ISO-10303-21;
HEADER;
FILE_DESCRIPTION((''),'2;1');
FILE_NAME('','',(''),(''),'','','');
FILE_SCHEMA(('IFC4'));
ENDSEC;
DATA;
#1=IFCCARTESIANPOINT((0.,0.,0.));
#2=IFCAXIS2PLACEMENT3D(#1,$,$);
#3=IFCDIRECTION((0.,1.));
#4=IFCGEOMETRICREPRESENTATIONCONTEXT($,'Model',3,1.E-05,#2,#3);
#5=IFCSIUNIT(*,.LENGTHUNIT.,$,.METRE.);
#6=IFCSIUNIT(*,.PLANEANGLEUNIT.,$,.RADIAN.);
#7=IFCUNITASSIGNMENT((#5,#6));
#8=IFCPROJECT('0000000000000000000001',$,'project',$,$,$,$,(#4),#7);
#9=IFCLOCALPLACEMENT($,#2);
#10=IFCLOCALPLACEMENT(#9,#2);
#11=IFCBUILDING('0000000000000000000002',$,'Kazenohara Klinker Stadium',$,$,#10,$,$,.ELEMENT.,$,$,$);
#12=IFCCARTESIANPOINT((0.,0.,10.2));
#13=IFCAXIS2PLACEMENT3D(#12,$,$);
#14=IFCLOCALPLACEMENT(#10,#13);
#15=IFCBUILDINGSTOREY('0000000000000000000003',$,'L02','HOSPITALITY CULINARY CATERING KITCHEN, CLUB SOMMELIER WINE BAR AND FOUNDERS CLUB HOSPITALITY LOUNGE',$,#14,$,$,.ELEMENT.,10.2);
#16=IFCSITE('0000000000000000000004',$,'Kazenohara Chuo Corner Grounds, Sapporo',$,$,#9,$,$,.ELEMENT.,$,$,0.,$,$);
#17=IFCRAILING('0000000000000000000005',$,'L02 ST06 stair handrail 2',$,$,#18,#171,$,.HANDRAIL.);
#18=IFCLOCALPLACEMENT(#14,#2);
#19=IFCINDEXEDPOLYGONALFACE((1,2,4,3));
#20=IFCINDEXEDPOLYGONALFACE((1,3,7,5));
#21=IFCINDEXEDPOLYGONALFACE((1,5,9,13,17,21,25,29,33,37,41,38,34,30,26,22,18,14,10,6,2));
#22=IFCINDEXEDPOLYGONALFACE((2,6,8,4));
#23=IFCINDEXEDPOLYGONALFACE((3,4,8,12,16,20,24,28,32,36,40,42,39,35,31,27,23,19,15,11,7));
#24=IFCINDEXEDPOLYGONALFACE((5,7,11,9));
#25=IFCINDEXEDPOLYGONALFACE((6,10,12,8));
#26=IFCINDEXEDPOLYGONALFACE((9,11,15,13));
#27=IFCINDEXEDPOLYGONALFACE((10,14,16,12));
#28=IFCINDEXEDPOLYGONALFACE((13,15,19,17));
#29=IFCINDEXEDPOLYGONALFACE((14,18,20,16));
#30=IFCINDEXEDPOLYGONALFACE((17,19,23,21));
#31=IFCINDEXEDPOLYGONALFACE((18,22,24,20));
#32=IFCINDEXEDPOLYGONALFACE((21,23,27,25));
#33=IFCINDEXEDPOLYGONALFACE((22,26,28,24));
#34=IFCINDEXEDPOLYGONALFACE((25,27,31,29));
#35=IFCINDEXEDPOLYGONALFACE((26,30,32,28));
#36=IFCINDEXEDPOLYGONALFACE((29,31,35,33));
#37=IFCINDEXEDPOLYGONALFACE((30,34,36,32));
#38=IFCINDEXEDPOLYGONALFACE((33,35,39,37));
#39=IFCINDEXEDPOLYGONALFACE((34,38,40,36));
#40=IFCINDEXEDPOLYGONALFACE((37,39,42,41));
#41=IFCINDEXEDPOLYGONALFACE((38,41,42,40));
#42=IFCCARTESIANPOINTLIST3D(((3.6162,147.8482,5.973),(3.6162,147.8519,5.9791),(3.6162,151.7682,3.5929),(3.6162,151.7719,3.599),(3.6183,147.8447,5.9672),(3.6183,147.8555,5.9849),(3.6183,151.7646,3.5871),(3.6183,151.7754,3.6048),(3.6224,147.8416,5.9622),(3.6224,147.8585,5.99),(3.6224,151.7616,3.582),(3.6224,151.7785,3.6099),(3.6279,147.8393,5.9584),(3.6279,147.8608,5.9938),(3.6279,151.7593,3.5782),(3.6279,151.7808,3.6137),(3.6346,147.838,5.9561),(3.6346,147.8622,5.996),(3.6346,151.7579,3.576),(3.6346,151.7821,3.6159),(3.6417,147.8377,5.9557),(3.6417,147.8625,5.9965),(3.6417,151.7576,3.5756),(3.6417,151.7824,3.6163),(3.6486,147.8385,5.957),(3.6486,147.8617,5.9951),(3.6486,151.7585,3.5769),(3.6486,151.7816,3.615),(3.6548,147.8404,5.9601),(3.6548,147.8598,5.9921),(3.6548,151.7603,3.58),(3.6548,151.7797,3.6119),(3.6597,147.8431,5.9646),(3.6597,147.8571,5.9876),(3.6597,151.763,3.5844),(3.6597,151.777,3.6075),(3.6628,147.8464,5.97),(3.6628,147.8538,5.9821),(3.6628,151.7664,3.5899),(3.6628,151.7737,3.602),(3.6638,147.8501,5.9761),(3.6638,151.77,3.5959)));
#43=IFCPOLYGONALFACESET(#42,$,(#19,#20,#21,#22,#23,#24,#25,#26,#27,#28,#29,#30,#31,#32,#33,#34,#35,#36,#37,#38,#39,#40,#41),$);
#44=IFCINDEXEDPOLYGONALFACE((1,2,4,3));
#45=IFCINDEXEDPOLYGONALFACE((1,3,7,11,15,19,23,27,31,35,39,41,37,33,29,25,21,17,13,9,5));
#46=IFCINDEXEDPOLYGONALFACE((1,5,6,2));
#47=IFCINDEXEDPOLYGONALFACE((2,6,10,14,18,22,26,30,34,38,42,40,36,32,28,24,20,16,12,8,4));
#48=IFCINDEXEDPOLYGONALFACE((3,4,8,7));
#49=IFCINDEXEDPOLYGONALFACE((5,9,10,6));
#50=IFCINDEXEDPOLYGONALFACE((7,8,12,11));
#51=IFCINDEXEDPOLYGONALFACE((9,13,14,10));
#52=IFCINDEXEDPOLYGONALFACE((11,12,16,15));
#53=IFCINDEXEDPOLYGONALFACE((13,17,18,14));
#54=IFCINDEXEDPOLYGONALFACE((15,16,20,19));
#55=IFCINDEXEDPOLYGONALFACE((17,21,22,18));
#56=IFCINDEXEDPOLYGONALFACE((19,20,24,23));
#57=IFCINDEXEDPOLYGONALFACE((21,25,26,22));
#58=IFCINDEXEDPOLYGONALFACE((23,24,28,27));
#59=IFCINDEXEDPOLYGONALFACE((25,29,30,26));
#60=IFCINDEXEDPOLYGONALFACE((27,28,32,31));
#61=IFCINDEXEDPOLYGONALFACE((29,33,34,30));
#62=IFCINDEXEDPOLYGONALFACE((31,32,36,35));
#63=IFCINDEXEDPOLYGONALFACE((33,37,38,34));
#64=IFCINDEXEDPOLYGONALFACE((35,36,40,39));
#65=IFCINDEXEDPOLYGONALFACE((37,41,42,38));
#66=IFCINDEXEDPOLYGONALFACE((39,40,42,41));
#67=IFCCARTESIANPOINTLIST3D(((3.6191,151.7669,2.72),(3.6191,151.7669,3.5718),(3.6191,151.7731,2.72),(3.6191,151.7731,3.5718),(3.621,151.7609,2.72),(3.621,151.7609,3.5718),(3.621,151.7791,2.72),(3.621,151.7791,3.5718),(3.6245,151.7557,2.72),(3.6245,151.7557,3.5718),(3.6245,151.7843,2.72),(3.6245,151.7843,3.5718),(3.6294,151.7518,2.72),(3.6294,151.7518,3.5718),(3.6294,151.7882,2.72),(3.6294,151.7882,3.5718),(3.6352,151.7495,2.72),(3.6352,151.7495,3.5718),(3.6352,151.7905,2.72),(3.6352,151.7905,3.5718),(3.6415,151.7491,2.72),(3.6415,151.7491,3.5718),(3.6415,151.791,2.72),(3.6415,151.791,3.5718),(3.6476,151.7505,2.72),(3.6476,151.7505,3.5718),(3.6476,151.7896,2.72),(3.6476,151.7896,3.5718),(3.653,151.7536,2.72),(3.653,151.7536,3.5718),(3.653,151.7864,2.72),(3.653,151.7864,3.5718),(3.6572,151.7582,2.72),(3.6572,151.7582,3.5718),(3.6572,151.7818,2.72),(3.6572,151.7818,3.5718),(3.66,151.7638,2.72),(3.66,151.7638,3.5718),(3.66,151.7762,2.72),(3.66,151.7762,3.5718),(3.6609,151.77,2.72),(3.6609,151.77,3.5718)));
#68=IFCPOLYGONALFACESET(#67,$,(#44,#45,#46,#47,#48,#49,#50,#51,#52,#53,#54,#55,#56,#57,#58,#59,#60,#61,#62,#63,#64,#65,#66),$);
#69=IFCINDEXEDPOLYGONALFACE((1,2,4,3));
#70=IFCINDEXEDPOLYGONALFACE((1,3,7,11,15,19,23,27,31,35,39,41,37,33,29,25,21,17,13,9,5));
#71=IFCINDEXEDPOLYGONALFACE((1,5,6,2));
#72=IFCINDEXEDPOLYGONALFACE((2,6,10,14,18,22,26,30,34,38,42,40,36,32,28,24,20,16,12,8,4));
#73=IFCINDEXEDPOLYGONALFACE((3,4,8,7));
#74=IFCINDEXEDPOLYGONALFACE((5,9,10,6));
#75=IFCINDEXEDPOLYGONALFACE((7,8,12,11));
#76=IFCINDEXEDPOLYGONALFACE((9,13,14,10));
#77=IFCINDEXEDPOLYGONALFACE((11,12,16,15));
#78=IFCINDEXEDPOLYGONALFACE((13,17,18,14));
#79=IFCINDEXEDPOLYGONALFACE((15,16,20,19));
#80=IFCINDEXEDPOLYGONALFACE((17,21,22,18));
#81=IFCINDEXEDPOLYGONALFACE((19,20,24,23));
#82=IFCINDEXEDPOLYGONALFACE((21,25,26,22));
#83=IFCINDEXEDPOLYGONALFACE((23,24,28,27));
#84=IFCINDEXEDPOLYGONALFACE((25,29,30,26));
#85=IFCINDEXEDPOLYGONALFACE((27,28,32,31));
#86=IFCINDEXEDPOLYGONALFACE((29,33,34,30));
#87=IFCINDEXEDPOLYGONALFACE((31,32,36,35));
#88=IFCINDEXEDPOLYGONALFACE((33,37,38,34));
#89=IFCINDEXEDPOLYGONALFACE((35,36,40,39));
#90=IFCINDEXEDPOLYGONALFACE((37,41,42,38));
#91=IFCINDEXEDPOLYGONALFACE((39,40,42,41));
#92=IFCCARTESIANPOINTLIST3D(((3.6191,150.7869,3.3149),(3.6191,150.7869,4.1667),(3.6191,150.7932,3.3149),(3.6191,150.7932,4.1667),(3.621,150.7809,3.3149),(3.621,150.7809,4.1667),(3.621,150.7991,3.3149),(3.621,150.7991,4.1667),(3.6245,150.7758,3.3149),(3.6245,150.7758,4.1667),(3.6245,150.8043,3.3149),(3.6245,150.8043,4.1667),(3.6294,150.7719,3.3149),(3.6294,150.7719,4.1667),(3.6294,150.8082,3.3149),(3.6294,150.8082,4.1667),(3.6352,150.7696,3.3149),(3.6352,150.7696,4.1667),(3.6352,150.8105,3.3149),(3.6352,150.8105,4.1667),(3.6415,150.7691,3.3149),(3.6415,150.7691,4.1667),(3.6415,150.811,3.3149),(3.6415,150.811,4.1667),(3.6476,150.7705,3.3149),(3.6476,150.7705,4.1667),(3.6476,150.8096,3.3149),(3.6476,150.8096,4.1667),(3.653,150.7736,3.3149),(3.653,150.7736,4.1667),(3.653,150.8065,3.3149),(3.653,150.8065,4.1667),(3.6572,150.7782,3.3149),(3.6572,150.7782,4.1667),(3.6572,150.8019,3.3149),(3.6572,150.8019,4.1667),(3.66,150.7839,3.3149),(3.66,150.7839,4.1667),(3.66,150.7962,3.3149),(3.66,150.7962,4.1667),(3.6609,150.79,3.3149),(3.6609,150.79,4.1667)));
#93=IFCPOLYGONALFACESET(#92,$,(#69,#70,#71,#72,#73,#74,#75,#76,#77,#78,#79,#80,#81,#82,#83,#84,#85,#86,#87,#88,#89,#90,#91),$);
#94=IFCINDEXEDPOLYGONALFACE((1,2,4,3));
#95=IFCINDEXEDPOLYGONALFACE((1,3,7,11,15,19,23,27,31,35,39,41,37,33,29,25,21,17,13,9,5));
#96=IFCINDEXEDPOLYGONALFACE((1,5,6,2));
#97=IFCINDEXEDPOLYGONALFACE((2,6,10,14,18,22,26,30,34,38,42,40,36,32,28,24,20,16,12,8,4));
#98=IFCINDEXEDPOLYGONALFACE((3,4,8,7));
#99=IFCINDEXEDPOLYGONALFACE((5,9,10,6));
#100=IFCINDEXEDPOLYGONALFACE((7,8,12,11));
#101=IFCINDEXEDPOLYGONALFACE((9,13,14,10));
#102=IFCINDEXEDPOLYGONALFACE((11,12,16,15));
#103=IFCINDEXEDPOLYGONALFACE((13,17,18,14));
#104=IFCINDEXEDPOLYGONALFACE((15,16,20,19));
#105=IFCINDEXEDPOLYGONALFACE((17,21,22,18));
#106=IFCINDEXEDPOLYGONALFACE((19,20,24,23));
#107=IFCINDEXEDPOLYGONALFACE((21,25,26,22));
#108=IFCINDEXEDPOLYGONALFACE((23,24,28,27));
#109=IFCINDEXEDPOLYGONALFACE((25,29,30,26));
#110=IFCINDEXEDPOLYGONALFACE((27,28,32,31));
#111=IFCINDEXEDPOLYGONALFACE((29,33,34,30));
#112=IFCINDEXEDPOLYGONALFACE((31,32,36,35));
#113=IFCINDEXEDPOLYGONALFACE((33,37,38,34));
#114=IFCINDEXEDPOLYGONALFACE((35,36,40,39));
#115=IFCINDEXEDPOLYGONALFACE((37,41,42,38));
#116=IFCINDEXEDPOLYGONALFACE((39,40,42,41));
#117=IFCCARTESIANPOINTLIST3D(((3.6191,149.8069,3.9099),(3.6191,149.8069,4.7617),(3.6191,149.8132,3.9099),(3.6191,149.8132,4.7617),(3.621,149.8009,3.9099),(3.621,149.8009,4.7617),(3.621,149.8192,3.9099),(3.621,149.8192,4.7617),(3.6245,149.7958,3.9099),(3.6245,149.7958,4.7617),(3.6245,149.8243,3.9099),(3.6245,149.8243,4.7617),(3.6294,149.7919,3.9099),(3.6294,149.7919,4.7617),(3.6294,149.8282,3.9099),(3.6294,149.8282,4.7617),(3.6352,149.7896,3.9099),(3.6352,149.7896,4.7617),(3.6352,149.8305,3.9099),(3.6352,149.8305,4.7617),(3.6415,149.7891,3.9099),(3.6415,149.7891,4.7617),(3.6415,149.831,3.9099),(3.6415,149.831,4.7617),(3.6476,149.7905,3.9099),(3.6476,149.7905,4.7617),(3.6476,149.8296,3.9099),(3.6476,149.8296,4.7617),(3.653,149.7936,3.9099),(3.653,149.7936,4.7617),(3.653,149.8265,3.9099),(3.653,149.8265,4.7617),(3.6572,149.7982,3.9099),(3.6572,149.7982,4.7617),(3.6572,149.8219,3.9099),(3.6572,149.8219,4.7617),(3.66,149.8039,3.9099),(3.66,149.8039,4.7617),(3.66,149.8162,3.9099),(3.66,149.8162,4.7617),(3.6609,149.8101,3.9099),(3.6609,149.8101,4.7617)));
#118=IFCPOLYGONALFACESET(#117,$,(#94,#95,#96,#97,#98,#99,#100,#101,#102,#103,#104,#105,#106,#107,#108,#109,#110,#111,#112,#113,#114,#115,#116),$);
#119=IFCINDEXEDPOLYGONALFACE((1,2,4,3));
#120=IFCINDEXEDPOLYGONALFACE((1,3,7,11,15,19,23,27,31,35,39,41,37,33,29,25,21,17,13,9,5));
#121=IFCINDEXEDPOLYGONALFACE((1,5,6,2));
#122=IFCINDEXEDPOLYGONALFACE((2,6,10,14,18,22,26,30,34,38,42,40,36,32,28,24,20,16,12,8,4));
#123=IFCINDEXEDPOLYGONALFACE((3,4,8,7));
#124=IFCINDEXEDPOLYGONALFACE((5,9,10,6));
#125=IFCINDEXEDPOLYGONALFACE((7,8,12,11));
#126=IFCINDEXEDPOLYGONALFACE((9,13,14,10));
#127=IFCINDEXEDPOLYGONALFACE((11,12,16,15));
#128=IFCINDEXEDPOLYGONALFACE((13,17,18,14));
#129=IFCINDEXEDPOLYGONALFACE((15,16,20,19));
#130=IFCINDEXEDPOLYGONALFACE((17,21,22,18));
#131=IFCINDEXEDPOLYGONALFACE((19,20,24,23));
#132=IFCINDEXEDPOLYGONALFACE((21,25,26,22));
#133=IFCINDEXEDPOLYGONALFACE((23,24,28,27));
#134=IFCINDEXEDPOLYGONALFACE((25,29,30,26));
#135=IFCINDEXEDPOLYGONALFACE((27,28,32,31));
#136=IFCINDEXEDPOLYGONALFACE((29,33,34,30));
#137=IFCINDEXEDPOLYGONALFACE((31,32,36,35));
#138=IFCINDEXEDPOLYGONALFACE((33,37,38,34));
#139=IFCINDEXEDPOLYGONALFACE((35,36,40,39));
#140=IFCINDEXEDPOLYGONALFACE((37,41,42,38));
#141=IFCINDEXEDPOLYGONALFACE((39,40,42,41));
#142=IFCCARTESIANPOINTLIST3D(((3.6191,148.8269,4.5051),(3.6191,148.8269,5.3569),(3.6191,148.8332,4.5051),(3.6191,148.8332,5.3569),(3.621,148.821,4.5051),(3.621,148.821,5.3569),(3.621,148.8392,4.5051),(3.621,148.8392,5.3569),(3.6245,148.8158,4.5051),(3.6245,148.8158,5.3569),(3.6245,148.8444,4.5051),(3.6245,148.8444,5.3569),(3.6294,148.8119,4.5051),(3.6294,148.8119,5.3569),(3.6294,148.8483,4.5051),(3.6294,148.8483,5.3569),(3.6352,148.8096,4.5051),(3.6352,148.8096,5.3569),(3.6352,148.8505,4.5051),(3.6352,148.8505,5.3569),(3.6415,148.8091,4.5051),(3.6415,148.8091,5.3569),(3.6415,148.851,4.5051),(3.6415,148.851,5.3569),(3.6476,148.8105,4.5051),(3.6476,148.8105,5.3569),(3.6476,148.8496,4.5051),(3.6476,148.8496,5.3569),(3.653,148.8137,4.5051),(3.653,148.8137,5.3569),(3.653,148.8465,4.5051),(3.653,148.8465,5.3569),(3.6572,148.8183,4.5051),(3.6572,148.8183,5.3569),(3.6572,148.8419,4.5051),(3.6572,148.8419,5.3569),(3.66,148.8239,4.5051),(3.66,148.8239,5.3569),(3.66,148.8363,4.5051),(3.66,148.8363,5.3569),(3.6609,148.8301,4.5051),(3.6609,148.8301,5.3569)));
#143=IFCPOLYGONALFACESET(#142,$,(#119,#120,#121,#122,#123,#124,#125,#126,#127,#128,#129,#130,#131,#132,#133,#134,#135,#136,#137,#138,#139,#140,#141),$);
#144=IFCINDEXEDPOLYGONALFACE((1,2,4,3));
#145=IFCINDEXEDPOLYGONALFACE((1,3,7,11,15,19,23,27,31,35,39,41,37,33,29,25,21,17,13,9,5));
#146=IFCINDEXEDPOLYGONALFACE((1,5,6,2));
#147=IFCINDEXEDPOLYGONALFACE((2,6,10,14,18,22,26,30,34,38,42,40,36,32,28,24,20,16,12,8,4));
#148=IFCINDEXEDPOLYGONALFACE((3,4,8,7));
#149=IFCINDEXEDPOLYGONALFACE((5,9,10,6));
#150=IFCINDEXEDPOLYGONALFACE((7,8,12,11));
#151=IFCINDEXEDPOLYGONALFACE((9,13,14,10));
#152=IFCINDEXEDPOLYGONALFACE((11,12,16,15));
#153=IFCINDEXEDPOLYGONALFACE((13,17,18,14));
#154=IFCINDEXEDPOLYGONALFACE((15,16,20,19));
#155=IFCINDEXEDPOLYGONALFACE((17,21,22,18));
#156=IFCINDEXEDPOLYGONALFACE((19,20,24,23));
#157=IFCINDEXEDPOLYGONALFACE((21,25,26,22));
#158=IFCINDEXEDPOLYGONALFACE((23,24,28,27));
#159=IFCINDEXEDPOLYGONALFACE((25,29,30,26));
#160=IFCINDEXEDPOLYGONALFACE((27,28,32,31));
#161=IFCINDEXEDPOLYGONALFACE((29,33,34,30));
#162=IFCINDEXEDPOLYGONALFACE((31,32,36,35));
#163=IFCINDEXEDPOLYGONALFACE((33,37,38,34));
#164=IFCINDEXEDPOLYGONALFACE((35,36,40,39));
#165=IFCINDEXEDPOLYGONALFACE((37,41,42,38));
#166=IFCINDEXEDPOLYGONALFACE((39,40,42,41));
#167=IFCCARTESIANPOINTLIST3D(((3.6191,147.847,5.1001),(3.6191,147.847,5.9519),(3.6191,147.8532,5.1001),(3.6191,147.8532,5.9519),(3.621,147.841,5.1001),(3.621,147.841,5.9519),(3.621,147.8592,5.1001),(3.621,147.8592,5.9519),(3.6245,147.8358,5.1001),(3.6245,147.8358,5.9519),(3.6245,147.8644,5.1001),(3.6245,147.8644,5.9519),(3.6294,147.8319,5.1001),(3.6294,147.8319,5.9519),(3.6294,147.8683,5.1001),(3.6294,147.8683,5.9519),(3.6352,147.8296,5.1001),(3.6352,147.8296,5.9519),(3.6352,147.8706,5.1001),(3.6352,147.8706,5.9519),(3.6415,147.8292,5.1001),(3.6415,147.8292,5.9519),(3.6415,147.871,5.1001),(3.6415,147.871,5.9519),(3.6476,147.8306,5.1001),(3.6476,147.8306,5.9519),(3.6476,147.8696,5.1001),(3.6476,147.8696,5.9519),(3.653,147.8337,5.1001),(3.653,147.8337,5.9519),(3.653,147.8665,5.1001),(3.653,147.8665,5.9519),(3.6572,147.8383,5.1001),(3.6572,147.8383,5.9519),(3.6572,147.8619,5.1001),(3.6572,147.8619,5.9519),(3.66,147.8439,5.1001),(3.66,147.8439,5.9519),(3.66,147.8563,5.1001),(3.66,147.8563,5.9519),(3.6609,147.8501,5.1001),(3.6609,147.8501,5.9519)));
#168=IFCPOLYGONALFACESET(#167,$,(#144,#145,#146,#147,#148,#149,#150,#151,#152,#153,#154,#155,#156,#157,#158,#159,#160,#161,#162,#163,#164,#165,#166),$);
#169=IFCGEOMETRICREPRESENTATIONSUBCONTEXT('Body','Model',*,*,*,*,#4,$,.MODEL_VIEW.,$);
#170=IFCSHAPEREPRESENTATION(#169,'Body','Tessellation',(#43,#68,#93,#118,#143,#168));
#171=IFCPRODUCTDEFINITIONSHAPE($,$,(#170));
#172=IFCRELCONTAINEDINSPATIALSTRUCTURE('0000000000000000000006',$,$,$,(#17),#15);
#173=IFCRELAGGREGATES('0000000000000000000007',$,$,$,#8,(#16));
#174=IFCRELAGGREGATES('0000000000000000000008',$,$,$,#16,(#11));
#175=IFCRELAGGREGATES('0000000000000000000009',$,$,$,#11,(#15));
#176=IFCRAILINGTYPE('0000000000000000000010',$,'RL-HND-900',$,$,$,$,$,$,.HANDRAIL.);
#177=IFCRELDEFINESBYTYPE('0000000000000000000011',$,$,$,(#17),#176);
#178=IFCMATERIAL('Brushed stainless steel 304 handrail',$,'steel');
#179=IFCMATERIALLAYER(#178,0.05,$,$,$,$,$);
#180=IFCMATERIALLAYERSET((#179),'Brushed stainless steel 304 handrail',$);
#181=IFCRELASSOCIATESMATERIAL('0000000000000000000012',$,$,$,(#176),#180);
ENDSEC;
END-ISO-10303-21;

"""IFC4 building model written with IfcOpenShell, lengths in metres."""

from ifc_helpers import new_model, si_unit, direction, frame, origin, origin_2d, place, context, subcontext, project, spatial, circle, extrude, material, layer, layer_set, type_object, element, save


model = new_model("IFC4")

# Units and contexts
model_context = context("Model", 3, precision=1e-05, world=origin(), true_north=direction((0.0, 1.0)))
body_context = subcontext(model_context, "Body", "Model", "MODEL_VIEW")
ifc_project = project(units=[si_unit("LENGTHUNIT", "METRE"), si_unit("PLANEANGLEUNIT", "RADIAN")], contexts=[model_context])

# Site, building, storey
site_placement = place(None, origin())
site = spatial("IfcSite", under=ifc_project, at=site_placement, Name="Kazenohara Chuo Corner Grounds, Sapporo", CompositionType="ELEMENT", RefElevation=0.0)
building_placement = place(site_placement, origin())
building = spatial("IfcBuilding", under=site, at=building_placement, Name="Kazenohara Klinker Stadium", CompositionType="ELEMENT")
storey_placement = place(building_placement, frame((0.0, 0.0, 10.2)))
storey = spatial("IfcBuildingStorey", under=building, at=storey_placement, Name="L02", Description="HOSPITALITY CULINARY CATERING KITCHEN, CLUB SOMMELIER WINE BAR AND FOUNDERS CLUB HOSPITALITY LOUNGE", CompositionType="ELEMENT", Elevation=10.2)

# Railing
ifc_material_1 = material(Name="Brushed stainless steel 304 handrail", Category="steel")
ifc_layer_1 = layer(ifc_material_1, 0.05)
ifc_layer_set_1 = layer_set([ifc_layer_1], Name="Brushed stainless steel 304 handrail")
railing_type_1 = type_object("IfcRailingType", Name="RL-HND-900", PredefinedType="HANDRAIL", material=ifc_layer_set_1)
for number, where, name in (
    (1, (3.6399, 151.77, 2.72), "L02 ST06 stair handrail 2"),
):
    element("IfcRailing", number, at=place(storey_placement, frame(where)), inside=storey, type_object=railing_type_1, Name=name, PredefinedType="HANDRAIL", context=body_context, shape_type="SweptSolid", body=[
        extrude(circle(Radius=0.0239, at=origin_2d()), frame((0.0, 0.0, 0.876), z_axis=(0.0, -0.854771, 0.519006), x_axis=(1.0, 0.0, 0.0)), (0.0, 0.0, 1.0), 4.5859),
        extrude(circle(Radius=0.021, at=origin_2d()), origin(), (0.0, 0.0, 1.0), 0.8518),
        extrude(circle(Radius=0.021, at=origin_2d()), frame((0.0, -0.98, 0.595)), (0.0, 0.0, 1.0), 0.8518),
        extrude(circle(Radius=0.021, at=origin_2d()), frame((0.0, -1.96, 1.1899)), (0.0, 0.0, 1.0), 0.8518),
        extrude(circle(Radius=0.021, at=origin_2d()), frame((0.0, -2.9399, 1.7852)), (0.0, 0.0, 1.0), 0.8518),
        extrude(circle(Radius=0.021, at=origin_2d()), frame((0.0, -3.9199, 2.3801)), (0.0, 0.0, 1.0), 0.8518),
    ])

save(model, "model.ifc")
